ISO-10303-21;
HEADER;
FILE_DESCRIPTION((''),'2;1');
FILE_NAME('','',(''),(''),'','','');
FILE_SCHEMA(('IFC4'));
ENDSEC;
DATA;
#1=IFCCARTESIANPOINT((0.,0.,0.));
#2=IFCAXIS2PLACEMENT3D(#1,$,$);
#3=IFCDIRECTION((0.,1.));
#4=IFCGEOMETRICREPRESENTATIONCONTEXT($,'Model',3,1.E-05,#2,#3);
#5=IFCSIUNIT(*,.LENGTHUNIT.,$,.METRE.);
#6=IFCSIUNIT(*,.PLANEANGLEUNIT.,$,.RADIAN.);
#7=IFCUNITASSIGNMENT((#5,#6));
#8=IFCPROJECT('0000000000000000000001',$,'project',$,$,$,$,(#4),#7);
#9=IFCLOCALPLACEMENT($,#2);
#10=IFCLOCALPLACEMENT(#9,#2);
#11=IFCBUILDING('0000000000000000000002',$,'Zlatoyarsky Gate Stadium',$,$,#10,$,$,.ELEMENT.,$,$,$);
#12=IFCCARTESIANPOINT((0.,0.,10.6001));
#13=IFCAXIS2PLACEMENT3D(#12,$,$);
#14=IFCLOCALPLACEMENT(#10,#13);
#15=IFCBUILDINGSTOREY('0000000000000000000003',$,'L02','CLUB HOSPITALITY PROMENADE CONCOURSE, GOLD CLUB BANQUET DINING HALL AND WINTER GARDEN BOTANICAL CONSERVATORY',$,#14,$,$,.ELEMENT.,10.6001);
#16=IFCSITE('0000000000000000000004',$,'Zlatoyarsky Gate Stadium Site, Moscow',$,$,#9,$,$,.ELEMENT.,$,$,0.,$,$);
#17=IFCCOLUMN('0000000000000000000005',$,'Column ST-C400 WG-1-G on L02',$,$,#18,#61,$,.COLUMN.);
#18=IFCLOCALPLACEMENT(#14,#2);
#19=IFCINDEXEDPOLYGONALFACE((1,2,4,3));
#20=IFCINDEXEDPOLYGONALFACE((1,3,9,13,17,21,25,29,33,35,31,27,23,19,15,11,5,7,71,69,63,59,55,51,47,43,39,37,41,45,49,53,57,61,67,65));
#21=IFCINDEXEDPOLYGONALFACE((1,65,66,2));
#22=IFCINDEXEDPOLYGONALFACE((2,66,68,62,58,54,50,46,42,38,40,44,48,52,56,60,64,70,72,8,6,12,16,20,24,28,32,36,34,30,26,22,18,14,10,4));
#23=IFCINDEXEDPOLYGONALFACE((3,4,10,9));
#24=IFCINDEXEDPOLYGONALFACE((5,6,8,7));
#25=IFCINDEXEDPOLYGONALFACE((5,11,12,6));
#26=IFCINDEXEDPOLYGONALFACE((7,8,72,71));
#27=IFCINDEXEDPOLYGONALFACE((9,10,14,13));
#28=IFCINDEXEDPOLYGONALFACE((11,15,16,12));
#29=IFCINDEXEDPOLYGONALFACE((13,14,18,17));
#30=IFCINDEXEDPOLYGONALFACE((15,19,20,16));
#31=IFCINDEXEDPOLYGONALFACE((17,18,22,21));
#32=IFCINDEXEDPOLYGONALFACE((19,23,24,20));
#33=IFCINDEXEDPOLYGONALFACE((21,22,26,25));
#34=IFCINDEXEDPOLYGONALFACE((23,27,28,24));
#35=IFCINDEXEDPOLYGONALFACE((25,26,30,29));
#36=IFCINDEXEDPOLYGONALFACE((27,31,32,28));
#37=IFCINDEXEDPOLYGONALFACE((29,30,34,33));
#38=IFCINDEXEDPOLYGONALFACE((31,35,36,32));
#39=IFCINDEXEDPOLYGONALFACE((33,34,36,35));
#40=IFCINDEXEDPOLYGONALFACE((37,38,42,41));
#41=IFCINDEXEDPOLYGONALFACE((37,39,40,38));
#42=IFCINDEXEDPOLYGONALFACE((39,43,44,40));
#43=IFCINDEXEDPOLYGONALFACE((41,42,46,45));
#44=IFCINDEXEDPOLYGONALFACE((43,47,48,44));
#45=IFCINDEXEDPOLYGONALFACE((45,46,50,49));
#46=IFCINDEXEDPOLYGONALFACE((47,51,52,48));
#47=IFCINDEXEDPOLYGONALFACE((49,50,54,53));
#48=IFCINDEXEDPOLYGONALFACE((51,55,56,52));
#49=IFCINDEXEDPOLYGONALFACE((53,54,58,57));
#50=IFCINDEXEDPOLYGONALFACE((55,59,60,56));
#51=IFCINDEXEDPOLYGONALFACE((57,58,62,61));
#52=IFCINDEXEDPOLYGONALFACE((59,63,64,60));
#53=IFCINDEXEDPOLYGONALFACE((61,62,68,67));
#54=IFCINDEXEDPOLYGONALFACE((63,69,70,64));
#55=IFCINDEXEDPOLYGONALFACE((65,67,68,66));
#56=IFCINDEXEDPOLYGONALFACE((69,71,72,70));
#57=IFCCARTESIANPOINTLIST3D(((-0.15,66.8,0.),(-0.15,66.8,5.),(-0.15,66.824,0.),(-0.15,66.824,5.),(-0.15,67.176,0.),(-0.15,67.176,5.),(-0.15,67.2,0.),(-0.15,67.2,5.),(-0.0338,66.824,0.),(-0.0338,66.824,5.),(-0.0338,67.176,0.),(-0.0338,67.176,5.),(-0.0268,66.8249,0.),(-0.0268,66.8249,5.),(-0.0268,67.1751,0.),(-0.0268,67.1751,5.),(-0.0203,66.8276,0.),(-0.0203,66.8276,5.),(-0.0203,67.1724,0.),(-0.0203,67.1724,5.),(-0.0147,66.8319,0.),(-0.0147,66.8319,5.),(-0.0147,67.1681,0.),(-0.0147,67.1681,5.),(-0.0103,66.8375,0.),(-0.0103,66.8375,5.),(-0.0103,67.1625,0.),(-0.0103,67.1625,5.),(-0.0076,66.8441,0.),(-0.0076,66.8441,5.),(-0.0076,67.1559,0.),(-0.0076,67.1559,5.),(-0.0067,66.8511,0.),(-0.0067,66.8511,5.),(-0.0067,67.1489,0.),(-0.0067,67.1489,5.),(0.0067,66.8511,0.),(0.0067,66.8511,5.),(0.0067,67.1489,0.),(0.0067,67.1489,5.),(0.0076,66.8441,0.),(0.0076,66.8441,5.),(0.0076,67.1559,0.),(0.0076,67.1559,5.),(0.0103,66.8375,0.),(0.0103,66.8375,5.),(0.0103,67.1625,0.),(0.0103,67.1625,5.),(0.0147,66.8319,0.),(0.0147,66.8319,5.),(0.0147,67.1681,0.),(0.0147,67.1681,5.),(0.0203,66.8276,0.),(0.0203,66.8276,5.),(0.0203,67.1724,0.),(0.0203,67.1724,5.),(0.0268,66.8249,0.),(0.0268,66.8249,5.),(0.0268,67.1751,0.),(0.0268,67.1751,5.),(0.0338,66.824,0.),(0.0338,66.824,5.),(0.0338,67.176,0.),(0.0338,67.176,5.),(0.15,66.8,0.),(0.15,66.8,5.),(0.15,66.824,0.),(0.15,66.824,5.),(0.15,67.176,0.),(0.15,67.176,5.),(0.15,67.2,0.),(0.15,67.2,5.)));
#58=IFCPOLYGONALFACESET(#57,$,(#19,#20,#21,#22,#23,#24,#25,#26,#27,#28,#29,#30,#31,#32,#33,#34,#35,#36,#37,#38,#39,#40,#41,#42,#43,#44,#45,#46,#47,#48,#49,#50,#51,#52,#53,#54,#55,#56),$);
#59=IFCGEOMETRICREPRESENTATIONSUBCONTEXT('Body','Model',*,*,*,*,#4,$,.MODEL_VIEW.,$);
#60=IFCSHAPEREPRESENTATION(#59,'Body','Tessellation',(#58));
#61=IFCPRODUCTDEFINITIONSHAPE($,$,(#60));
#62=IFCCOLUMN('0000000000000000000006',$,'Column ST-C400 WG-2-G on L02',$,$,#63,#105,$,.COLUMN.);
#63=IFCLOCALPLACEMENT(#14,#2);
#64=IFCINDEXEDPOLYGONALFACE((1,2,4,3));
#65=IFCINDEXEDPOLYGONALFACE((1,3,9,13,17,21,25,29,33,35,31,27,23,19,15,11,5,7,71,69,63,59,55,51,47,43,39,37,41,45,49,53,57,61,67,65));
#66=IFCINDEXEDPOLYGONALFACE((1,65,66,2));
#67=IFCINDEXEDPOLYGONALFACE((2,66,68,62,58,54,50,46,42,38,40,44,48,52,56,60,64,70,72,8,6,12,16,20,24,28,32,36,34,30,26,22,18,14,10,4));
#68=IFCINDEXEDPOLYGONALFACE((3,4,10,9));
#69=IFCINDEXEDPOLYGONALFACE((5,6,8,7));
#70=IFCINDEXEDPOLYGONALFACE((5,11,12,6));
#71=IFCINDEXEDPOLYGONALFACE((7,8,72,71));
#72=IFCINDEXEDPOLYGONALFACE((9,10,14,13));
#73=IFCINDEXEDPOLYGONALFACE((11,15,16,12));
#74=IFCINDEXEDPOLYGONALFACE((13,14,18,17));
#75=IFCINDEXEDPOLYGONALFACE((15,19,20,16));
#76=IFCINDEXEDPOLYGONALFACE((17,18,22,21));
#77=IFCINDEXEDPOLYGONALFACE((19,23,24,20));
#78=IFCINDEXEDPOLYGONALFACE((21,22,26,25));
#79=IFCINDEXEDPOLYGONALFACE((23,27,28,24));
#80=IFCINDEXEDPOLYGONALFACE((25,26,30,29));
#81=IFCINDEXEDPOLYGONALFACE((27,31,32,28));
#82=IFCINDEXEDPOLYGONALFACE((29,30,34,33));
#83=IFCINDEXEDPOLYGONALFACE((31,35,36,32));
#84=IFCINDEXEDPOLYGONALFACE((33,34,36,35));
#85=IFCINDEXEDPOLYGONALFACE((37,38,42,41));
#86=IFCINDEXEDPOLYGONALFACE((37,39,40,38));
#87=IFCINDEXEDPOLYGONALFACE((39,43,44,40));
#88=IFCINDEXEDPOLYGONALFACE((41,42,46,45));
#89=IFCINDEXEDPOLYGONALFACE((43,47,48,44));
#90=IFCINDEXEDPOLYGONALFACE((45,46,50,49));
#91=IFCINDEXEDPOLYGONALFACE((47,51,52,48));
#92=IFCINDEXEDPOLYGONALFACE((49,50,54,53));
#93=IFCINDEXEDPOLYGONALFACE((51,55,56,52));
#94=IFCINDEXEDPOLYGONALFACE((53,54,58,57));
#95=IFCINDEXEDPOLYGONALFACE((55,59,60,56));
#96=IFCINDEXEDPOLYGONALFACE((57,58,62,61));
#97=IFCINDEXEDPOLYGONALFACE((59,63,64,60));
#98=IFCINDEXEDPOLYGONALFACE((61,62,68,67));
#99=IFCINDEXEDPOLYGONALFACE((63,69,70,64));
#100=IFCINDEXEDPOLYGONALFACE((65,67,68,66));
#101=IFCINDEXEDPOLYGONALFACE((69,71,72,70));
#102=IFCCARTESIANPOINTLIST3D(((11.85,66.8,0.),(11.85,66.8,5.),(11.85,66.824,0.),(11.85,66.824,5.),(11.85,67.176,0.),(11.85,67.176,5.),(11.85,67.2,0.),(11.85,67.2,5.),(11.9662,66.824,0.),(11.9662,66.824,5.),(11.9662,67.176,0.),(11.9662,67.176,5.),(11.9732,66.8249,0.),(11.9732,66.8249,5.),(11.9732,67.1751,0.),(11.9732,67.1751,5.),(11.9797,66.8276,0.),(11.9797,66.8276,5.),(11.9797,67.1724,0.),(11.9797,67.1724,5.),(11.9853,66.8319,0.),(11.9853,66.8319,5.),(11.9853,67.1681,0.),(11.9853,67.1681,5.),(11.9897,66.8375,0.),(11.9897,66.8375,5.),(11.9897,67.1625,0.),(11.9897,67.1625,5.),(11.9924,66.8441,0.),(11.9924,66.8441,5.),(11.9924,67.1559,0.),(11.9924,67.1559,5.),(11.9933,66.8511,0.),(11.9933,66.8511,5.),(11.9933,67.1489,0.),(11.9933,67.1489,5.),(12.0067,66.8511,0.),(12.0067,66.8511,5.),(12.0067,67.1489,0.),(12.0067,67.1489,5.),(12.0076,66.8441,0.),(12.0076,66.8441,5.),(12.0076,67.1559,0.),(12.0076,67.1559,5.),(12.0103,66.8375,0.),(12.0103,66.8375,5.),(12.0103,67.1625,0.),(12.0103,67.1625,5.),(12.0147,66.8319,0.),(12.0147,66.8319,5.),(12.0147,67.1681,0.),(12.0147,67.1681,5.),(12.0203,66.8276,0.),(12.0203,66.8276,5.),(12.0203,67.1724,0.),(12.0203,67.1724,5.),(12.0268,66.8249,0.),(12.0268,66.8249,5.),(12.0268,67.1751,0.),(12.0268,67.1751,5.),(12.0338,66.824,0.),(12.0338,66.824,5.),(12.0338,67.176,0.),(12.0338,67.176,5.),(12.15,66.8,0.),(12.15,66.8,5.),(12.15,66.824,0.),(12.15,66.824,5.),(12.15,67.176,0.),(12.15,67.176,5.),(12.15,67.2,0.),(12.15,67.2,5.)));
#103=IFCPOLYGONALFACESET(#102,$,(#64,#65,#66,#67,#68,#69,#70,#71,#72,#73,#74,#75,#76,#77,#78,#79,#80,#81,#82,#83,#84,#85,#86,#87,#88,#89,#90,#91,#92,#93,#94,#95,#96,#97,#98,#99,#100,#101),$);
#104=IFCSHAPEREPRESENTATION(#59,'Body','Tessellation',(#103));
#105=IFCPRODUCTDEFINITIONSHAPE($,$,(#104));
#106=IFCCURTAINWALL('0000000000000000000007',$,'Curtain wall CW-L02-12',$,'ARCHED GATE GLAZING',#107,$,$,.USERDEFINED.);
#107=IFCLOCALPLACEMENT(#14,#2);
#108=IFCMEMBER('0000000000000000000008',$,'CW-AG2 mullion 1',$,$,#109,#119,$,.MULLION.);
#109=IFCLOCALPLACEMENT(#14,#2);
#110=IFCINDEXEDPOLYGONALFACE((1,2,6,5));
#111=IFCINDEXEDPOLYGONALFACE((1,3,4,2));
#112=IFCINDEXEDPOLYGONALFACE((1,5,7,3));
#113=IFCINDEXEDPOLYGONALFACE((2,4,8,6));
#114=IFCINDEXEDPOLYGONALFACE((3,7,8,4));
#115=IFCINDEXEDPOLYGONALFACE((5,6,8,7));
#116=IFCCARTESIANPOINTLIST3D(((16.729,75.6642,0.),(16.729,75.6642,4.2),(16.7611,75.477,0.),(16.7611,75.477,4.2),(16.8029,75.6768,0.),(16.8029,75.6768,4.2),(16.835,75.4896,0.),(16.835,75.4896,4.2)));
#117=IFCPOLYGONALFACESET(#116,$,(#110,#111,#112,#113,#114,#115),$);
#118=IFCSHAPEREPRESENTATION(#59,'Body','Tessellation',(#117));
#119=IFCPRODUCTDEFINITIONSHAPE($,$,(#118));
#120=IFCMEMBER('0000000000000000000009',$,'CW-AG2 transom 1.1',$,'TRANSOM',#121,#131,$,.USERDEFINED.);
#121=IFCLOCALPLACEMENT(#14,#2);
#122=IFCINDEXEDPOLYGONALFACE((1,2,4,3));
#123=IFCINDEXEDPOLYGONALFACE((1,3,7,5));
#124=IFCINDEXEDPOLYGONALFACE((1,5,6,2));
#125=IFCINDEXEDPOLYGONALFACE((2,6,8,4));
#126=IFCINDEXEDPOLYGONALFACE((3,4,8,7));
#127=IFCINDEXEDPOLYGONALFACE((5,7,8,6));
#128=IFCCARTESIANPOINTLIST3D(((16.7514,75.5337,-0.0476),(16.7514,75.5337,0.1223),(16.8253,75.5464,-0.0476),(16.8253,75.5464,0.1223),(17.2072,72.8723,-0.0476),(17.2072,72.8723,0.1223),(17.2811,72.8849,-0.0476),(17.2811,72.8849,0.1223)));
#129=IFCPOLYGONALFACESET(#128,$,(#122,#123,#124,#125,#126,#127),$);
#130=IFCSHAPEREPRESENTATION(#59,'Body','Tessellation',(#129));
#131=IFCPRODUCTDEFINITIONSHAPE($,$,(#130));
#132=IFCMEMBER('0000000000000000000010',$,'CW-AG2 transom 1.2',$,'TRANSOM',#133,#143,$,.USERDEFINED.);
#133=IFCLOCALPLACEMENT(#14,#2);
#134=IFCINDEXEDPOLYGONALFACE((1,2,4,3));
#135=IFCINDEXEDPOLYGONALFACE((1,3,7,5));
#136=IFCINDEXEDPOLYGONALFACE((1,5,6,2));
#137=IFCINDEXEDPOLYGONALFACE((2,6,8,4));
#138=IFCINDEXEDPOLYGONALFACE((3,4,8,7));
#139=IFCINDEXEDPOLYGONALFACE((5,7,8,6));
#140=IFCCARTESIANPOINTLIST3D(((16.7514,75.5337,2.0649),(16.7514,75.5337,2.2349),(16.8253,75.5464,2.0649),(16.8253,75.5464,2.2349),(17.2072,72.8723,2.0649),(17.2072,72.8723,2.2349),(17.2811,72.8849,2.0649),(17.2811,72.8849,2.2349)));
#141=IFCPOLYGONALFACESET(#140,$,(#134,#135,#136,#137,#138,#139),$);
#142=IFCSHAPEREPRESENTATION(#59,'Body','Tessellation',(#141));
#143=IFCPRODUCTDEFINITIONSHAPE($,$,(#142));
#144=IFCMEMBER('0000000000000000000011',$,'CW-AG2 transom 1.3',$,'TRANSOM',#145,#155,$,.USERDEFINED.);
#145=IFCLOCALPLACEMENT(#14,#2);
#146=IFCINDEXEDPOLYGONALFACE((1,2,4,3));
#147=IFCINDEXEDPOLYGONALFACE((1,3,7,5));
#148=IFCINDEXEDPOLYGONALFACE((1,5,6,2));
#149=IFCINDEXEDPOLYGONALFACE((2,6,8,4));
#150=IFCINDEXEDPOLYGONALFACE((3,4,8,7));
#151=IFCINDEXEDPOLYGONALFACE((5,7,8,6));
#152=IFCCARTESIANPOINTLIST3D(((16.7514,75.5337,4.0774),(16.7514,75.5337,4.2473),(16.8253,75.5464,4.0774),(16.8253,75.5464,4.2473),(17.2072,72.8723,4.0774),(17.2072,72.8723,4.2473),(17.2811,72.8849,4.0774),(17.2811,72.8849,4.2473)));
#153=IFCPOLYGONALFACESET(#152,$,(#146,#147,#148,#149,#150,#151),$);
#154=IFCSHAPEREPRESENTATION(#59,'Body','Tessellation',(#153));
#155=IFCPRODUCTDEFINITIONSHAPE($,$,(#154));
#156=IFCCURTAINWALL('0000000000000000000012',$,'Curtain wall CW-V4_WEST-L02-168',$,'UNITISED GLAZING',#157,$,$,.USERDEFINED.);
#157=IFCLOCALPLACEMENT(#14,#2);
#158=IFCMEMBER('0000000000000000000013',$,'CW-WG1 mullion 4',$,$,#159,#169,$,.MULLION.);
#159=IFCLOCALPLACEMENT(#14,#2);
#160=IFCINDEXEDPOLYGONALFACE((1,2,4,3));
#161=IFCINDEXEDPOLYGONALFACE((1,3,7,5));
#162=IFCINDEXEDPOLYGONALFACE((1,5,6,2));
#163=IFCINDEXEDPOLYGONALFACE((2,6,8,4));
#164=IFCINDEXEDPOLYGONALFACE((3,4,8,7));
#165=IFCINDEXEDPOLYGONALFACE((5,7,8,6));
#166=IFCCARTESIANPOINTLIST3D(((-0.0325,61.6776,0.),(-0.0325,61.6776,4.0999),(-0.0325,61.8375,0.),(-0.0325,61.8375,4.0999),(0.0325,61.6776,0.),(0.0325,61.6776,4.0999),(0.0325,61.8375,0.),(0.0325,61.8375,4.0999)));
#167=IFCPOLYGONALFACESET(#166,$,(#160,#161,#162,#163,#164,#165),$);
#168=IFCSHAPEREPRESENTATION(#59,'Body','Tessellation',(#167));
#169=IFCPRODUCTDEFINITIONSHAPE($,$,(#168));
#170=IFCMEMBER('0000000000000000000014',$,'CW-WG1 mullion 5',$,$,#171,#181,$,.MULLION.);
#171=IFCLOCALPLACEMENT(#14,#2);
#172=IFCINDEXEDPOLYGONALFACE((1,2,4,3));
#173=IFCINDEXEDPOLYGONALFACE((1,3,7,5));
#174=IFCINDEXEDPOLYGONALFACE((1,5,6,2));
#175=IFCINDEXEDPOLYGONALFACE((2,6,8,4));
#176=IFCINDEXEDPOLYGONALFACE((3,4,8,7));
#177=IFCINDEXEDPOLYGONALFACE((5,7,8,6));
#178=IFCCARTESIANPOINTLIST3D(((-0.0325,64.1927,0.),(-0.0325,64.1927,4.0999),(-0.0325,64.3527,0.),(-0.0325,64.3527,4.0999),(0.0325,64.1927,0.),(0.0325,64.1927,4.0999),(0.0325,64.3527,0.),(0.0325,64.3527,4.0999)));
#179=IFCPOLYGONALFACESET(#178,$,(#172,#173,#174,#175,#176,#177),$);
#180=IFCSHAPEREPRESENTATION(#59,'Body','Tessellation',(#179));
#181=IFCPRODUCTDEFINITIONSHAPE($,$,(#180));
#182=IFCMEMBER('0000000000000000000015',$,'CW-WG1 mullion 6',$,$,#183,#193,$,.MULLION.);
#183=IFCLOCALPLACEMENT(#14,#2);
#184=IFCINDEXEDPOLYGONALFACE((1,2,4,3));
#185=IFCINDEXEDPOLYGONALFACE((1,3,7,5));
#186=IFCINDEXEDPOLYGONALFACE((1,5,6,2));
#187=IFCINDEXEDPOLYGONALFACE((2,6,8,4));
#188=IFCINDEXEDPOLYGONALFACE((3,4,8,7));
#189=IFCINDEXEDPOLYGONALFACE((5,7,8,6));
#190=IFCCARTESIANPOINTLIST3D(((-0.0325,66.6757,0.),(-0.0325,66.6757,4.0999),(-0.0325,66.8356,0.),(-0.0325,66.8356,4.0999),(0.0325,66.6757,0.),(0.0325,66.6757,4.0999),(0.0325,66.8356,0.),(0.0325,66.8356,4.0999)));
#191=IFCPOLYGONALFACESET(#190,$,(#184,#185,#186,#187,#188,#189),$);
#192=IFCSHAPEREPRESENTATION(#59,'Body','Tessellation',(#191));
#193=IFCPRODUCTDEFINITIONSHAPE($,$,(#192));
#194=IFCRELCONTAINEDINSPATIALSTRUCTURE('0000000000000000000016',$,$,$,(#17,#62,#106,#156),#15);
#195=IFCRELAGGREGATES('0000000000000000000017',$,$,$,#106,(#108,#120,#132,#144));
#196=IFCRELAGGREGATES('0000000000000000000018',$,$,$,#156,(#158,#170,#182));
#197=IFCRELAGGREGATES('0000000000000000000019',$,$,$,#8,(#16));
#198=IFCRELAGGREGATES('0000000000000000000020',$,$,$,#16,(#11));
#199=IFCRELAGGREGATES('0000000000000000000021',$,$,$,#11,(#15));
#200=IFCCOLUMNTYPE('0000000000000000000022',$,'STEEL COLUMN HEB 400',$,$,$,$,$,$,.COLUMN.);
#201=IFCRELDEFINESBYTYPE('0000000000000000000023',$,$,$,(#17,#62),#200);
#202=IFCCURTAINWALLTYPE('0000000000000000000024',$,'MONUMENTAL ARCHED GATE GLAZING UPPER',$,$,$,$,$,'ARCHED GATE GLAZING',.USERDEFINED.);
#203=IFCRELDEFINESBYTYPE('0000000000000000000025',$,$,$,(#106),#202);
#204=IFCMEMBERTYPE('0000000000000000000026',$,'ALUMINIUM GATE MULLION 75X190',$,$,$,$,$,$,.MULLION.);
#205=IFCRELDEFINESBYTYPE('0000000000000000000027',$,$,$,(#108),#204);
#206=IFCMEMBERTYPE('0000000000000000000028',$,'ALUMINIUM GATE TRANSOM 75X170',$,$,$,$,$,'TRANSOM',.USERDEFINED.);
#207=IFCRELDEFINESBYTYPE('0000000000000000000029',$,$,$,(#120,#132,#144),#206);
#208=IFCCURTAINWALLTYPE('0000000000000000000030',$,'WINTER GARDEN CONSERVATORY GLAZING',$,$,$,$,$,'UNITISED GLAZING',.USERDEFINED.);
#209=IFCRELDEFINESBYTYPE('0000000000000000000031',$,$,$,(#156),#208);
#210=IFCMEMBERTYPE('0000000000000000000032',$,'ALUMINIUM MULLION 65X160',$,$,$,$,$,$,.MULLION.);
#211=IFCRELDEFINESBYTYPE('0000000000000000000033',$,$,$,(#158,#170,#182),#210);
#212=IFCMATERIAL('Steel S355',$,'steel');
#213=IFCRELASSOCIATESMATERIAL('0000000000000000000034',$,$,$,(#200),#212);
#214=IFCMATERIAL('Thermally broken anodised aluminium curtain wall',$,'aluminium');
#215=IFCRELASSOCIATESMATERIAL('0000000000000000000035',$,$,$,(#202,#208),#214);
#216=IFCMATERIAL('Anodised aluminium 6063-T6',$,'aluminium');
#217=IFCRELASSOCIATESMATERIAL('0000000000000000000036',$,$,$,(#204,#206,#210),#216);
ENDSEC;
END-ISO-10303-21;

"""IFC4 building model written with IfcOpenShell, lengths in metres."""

from ifc_helpers import new_model, si_unit, direction, frame, origin, origin_2d, place, context, subcontext, project, spatial, rectangle, i_section, extrude, material, material_profile, profile_set, type_object, element, aggregate, save


model = new_model("IFC4")

# Units and contexts
model_context = context("Model", 3, precision=1e-05, world=origin(), true_north=direction((0.0, 1.0)))
body_context = subcontext(model_context, "Body", "Model", "MODEL_VIEW")
ifc_project = project(units=[si_unit("LENGTHUNIT", "METRE"), si_unit("PLANEANGLEUNIT", "RADIAN")], contexts=[model_context])

# Site, building, storey
site_placement = place(None, origin())
site = spatial("IfcSite", under=ifc_project, at=site_placement, Name="Zlatoyarsky Gate Stadium Site, Moscow", CompositionType="ELEMENT", RefElevation=0.0)
building_placement = place(site_placement, origin())
building = spatial("IfcBuilding", under=site, at=building_placement, Name="Zlatoyarsky Gate Stadium", CompositionType="ELEMENT")
storey_placement = place(building_placement, frame((0.0, 0.0, 10.6001)))
storey = spatial("IfcBuildingStorey", under=building, at=storey_placement, Name="L02", Description="CLUB HOSPITALITY PROMENADE CONCOURSE, GOLD CLUB BANQUET DINING HALL AND WINTER GARDEN BOTANICAL CONSERVATORY", CompositionType="ELEMENT", Elevation=10.6001)

# Columns
ifc_material_1 = material(Name="Steel S355", Category="steel")
ifc_material_profile_1 = material_profile(ifc_material_1, i_section(OverallWidth=0.3, OverallDepth=0.3999, WebThickness=0.0134, FlangeThickness=0.0239, FilletRadius=0.0271, at=origin_2d()), Name="HEB 400")
ifc_profile_set_1 = profile_set([ifc_material_profile_1], Name="Steel S355")
column_type = type_object("IfcColumnType", Name="STEEL COLUMN HEB 400", PredefinedType="COLUMN", material=ifc_profile_set_1)
for number, where, z_axis, x_axis, name in (
    (1, (0.0, 67.0, 0.0), (0.0, 0.0, 1.0), (1.0, 0.0, 0.0), "Column ST-C400 WG-1-G on L02"),
    (2, (12.0, 67.0, 0.0), (0.0, 0.0, 1.0), (1.0, 0.0, 0.0), "Column ST-C400 WG-2-G on L02"),
):
    element("IfcColumn", number, at=place(storey_placement, frame(where, z_axis=z_axis, x_axis=x_axis)), inside=storey, type_object=column_type, Name=name, PredefinedType="COLUMN", context=body_context, shape_type="SweptSolid", body=[
        extrude(i_section(OverallWidth=0.3, OverallDepth=0.3999, WebThickness=0.0134, FlangeThickness=0.0239, FilletRadius=0.0271, at=origin_2d()), origin(), (0.0, 0.0, 1.0), 5.0),
    ])

# Curtain walls, members
ifc_material_2 = material(Name="Thermally broken anodised aluminium curtain wall", Category="aluminium")
curtain_wall_type_1 = type_object("IfcCurtainWallType", Name="MONUMENTAL ARCHED GATE GLAZING UPPER", ElementType="ARCHED GATE GLAZING", PredefinedType="USERDEFINED", material=ifc_material_2)
curtain_wall_1_placement = place(storey_placement, origin())
curtain_wall_1 = element("IfcCurtainWall", 3, at=curtain_wall_1_placement, inside=storey, type_object=curtain_wall_type_1, Name="Curtain wall CW-L02-12", ObjectType="ARCHED GATE GLAZING", PredefinedType="USERDEFINED")
ifc_material_3 = material(Name="Anodised aluminium 6063-T6", Category="aluminium")
ifc_material_profile_2 = material_profile(ifc_material_3, rectangle(XDim=0.075, YDim=0.1899, at=origin_2d()), Name="ALU 75X190")
ifc_profile_set_2 = profile_set([ifc_material_profile_2], Name="Anodised aluminium 6063-T6")
member_type_1 = type_object("IfcMemberType", Name="ALUMINIUM GATE MULLION 75X190", PredefinedType="MULLION", material=ifc_profile_set_2)
member_1_placement = place(storey_placement, frame((16.782, 75.5769, 0.0), z_axis=(0.0, 0.0, 1.0), x_axis=(0.985637, 0.168878, 0.0)))
member_1 = element("IfcMember", 4, at=member_1_placement, type_object=member_type_1, Name="CW-AG2 mullion 1", PredefinedType="MULLION", context=body_context, shape_type="SweptSolid", body=[
    extrude(rectangle(XDim=0.075, YDim=0.1899, at=origin_2d()), origin(), (0.0, 0.0, 1.0), 4.2),
])
ifc_material_profile_3 = material_profile(ifc_material_3, rectangle(XDim=0.075, YDim=0.1699, at=origin_2d()), Name="ALU 75X170")
ifc_profile_set_3 = profile_set([ifc_material_profile_3], Name="Anodised aluminium 6063-T6")
member_type_2 = type_object("IfcMemberType", Name="ALUMINIUM GATE TRANSOM 75X170", ElementType="TRANSOM", PredefinedType="USERDEFINED", material=ifc_profile_set_3)
member_2_placement = place(storey_placement, frame((16.7883, 75.54, 0.0374), z_axis=(0.168811, -0.985648, 0.0), x_axis=(0.985648, 0.168811, 0.0)))
member_2 = element("IfcMember", 5, at=member_2_placement, type_object=member_type_2, Name="CW-AG2 transom 1.1", ObjectType="TRANSOM", PredefinedType="USERDEFINED", context=body_context, shape_type="SweptSolid", body=[
    extrude(rectangle(XDim=0.075, YDim=0.1699, at=origin_2d()), origin(), (0.0, 0.0, 1.0), 2.7002),
])
member_3_placement = place(storey_placement, frame((16.7883, 75.54, 2.1499), z_axis=(0.168811, -0.985648, 0.0), x_axis=(0.985648, 0.168811, 0.0)))
member_3 = element("IfcMember", 6, at=member_3_placement, type_object=member_type_2, Name="CW-AG2 transom 1.2", ObjectType="TRANSOM", PredefinedType="USERDEFINED", context=body_context, shape_type="SweptSolid", body=[
    extrude(rectangle(XDim=0.075, YDim=0.1699, at=origin_2d()), origin(), (0.0, 0.0, 1.0), 2.7002),
])
member_4_placement = place(storey_placement, frame((16.7883, 75.54, 4.1624), z_axis=(0.168811, -0.985648, 0.0), x_axis=(0.985648, 0.168811, 0.0)))
member_4 = element("IfcMember", 7, at=member_4_placement, type_object=member_type_2, Name="CW-AG2 transom 1.3", ObjectType="TRANSOM", PredefinedType="USERDEFINED", context=body_context, shape_type="SweptSolid", body=[
    extrude(rectangle(XDim=0.075, YDim=0.1699, at=origin_2d()), origin(), (0.0, 0.0, 1.0), 2.7002),
])
curtain_wall_type_2 = type_object("IfcCurtainWallType", Name="WINTER GARDEN CONSERVATORY GLAZING", ElementType="UNITISED GLAZING", PredefinedType="USERDEFINED", material=ifc_material_2)
curtain_wall_2_placement = place(storey_placement, origin())
curtain_wall_2 = element("IfcCurtainWall", 8, at=curtain_wall_2_placement, inside=storey, type_object=curtain_wall_type_2, Name="Curtain wall CW-V4_WEST-L02-168", ObjectType="UNITISED GLAZING", PredefinedType="USERDEFINED")
ifc_material_profile_4 = material_profile(ifc_material_3, rectangle(XDim=0.0649, YDim=0.1599, at=origin_2d()), Name="ALU 65X160")
ifc_profile_set_4 = profile_set([ifc_material_profile_4], Name="Anodised aluminium 6063-T6")
member_type_3 = type_object("IfcMemberType", Name="ALUMINIUM MULLION 65X160", PredefinedType="MULLION", material=ifc_profile_set_4)
member_5_placement = place(storey_placement, frame((0.0, 61.7576, 0.0), z_axis=(0.0, 0.0, 1.0), x_axis=(-1.0, 0.0, 0.0)))
member_5 = element("IfcMember", 9, at=member_5_placement, type_object=member_type_3, Name="CW-WG1 mullion 4", PredefinedType="MULLION", context=body_context, shape_type="SweptSolid", body=[
    extrude(rectangle(XDim=0.0649, YDim=0.1599, at=origin_2d()), origin(), (0.0, 0.0, 1.0), 4.0999),
])
member_6_placement = place(storey_placement, frame((0.0, 64.2727, 0.0), z_axis=(0.0, 0.0, 1.0), x_axis=(-1.0, 0.0, 0.0)))
member_6 = element("IfcMember", 10, at=member_6_placement, type_object=member_type_3, Name="CW-WG1 mullion 5", PredefinedType="MULLION", context=body_context, shape_type="SweptSolid", body=[
    extrude(rectangle(XDim=0.0649, YDim=0.1599, at=origin_2d()), origin(), (0.0, 0.0, 1.0), 4.0999),
])
member_7_placement = place(storey_placement, frame((0.0, 66.7556, 0.0), z_axis=(0.0, 0.0, 1.0), x_axis=(-1.0, 0.0, 0.0)))
member_7 = element("IfcMember", 11, at=member_7_placement, type_object=member_type_3, Name="CW-WG1 mullion 6", PredefinedType="MULLION", context=body_context, shape_type="SweptSolid", body=[
    extrude(rectangle(XDim=0.0649, YDim=0.1599, at=origin_2d()), origin(), (0.0, 0.0, 1.0), 4.0999),
])

aggregate(curtain_wall_1, [member_1, member_2, member_3, member_4])
aggregate(curtain_wall_2, [member_5, member_6, member_7])

save(model, "model.ifc")
